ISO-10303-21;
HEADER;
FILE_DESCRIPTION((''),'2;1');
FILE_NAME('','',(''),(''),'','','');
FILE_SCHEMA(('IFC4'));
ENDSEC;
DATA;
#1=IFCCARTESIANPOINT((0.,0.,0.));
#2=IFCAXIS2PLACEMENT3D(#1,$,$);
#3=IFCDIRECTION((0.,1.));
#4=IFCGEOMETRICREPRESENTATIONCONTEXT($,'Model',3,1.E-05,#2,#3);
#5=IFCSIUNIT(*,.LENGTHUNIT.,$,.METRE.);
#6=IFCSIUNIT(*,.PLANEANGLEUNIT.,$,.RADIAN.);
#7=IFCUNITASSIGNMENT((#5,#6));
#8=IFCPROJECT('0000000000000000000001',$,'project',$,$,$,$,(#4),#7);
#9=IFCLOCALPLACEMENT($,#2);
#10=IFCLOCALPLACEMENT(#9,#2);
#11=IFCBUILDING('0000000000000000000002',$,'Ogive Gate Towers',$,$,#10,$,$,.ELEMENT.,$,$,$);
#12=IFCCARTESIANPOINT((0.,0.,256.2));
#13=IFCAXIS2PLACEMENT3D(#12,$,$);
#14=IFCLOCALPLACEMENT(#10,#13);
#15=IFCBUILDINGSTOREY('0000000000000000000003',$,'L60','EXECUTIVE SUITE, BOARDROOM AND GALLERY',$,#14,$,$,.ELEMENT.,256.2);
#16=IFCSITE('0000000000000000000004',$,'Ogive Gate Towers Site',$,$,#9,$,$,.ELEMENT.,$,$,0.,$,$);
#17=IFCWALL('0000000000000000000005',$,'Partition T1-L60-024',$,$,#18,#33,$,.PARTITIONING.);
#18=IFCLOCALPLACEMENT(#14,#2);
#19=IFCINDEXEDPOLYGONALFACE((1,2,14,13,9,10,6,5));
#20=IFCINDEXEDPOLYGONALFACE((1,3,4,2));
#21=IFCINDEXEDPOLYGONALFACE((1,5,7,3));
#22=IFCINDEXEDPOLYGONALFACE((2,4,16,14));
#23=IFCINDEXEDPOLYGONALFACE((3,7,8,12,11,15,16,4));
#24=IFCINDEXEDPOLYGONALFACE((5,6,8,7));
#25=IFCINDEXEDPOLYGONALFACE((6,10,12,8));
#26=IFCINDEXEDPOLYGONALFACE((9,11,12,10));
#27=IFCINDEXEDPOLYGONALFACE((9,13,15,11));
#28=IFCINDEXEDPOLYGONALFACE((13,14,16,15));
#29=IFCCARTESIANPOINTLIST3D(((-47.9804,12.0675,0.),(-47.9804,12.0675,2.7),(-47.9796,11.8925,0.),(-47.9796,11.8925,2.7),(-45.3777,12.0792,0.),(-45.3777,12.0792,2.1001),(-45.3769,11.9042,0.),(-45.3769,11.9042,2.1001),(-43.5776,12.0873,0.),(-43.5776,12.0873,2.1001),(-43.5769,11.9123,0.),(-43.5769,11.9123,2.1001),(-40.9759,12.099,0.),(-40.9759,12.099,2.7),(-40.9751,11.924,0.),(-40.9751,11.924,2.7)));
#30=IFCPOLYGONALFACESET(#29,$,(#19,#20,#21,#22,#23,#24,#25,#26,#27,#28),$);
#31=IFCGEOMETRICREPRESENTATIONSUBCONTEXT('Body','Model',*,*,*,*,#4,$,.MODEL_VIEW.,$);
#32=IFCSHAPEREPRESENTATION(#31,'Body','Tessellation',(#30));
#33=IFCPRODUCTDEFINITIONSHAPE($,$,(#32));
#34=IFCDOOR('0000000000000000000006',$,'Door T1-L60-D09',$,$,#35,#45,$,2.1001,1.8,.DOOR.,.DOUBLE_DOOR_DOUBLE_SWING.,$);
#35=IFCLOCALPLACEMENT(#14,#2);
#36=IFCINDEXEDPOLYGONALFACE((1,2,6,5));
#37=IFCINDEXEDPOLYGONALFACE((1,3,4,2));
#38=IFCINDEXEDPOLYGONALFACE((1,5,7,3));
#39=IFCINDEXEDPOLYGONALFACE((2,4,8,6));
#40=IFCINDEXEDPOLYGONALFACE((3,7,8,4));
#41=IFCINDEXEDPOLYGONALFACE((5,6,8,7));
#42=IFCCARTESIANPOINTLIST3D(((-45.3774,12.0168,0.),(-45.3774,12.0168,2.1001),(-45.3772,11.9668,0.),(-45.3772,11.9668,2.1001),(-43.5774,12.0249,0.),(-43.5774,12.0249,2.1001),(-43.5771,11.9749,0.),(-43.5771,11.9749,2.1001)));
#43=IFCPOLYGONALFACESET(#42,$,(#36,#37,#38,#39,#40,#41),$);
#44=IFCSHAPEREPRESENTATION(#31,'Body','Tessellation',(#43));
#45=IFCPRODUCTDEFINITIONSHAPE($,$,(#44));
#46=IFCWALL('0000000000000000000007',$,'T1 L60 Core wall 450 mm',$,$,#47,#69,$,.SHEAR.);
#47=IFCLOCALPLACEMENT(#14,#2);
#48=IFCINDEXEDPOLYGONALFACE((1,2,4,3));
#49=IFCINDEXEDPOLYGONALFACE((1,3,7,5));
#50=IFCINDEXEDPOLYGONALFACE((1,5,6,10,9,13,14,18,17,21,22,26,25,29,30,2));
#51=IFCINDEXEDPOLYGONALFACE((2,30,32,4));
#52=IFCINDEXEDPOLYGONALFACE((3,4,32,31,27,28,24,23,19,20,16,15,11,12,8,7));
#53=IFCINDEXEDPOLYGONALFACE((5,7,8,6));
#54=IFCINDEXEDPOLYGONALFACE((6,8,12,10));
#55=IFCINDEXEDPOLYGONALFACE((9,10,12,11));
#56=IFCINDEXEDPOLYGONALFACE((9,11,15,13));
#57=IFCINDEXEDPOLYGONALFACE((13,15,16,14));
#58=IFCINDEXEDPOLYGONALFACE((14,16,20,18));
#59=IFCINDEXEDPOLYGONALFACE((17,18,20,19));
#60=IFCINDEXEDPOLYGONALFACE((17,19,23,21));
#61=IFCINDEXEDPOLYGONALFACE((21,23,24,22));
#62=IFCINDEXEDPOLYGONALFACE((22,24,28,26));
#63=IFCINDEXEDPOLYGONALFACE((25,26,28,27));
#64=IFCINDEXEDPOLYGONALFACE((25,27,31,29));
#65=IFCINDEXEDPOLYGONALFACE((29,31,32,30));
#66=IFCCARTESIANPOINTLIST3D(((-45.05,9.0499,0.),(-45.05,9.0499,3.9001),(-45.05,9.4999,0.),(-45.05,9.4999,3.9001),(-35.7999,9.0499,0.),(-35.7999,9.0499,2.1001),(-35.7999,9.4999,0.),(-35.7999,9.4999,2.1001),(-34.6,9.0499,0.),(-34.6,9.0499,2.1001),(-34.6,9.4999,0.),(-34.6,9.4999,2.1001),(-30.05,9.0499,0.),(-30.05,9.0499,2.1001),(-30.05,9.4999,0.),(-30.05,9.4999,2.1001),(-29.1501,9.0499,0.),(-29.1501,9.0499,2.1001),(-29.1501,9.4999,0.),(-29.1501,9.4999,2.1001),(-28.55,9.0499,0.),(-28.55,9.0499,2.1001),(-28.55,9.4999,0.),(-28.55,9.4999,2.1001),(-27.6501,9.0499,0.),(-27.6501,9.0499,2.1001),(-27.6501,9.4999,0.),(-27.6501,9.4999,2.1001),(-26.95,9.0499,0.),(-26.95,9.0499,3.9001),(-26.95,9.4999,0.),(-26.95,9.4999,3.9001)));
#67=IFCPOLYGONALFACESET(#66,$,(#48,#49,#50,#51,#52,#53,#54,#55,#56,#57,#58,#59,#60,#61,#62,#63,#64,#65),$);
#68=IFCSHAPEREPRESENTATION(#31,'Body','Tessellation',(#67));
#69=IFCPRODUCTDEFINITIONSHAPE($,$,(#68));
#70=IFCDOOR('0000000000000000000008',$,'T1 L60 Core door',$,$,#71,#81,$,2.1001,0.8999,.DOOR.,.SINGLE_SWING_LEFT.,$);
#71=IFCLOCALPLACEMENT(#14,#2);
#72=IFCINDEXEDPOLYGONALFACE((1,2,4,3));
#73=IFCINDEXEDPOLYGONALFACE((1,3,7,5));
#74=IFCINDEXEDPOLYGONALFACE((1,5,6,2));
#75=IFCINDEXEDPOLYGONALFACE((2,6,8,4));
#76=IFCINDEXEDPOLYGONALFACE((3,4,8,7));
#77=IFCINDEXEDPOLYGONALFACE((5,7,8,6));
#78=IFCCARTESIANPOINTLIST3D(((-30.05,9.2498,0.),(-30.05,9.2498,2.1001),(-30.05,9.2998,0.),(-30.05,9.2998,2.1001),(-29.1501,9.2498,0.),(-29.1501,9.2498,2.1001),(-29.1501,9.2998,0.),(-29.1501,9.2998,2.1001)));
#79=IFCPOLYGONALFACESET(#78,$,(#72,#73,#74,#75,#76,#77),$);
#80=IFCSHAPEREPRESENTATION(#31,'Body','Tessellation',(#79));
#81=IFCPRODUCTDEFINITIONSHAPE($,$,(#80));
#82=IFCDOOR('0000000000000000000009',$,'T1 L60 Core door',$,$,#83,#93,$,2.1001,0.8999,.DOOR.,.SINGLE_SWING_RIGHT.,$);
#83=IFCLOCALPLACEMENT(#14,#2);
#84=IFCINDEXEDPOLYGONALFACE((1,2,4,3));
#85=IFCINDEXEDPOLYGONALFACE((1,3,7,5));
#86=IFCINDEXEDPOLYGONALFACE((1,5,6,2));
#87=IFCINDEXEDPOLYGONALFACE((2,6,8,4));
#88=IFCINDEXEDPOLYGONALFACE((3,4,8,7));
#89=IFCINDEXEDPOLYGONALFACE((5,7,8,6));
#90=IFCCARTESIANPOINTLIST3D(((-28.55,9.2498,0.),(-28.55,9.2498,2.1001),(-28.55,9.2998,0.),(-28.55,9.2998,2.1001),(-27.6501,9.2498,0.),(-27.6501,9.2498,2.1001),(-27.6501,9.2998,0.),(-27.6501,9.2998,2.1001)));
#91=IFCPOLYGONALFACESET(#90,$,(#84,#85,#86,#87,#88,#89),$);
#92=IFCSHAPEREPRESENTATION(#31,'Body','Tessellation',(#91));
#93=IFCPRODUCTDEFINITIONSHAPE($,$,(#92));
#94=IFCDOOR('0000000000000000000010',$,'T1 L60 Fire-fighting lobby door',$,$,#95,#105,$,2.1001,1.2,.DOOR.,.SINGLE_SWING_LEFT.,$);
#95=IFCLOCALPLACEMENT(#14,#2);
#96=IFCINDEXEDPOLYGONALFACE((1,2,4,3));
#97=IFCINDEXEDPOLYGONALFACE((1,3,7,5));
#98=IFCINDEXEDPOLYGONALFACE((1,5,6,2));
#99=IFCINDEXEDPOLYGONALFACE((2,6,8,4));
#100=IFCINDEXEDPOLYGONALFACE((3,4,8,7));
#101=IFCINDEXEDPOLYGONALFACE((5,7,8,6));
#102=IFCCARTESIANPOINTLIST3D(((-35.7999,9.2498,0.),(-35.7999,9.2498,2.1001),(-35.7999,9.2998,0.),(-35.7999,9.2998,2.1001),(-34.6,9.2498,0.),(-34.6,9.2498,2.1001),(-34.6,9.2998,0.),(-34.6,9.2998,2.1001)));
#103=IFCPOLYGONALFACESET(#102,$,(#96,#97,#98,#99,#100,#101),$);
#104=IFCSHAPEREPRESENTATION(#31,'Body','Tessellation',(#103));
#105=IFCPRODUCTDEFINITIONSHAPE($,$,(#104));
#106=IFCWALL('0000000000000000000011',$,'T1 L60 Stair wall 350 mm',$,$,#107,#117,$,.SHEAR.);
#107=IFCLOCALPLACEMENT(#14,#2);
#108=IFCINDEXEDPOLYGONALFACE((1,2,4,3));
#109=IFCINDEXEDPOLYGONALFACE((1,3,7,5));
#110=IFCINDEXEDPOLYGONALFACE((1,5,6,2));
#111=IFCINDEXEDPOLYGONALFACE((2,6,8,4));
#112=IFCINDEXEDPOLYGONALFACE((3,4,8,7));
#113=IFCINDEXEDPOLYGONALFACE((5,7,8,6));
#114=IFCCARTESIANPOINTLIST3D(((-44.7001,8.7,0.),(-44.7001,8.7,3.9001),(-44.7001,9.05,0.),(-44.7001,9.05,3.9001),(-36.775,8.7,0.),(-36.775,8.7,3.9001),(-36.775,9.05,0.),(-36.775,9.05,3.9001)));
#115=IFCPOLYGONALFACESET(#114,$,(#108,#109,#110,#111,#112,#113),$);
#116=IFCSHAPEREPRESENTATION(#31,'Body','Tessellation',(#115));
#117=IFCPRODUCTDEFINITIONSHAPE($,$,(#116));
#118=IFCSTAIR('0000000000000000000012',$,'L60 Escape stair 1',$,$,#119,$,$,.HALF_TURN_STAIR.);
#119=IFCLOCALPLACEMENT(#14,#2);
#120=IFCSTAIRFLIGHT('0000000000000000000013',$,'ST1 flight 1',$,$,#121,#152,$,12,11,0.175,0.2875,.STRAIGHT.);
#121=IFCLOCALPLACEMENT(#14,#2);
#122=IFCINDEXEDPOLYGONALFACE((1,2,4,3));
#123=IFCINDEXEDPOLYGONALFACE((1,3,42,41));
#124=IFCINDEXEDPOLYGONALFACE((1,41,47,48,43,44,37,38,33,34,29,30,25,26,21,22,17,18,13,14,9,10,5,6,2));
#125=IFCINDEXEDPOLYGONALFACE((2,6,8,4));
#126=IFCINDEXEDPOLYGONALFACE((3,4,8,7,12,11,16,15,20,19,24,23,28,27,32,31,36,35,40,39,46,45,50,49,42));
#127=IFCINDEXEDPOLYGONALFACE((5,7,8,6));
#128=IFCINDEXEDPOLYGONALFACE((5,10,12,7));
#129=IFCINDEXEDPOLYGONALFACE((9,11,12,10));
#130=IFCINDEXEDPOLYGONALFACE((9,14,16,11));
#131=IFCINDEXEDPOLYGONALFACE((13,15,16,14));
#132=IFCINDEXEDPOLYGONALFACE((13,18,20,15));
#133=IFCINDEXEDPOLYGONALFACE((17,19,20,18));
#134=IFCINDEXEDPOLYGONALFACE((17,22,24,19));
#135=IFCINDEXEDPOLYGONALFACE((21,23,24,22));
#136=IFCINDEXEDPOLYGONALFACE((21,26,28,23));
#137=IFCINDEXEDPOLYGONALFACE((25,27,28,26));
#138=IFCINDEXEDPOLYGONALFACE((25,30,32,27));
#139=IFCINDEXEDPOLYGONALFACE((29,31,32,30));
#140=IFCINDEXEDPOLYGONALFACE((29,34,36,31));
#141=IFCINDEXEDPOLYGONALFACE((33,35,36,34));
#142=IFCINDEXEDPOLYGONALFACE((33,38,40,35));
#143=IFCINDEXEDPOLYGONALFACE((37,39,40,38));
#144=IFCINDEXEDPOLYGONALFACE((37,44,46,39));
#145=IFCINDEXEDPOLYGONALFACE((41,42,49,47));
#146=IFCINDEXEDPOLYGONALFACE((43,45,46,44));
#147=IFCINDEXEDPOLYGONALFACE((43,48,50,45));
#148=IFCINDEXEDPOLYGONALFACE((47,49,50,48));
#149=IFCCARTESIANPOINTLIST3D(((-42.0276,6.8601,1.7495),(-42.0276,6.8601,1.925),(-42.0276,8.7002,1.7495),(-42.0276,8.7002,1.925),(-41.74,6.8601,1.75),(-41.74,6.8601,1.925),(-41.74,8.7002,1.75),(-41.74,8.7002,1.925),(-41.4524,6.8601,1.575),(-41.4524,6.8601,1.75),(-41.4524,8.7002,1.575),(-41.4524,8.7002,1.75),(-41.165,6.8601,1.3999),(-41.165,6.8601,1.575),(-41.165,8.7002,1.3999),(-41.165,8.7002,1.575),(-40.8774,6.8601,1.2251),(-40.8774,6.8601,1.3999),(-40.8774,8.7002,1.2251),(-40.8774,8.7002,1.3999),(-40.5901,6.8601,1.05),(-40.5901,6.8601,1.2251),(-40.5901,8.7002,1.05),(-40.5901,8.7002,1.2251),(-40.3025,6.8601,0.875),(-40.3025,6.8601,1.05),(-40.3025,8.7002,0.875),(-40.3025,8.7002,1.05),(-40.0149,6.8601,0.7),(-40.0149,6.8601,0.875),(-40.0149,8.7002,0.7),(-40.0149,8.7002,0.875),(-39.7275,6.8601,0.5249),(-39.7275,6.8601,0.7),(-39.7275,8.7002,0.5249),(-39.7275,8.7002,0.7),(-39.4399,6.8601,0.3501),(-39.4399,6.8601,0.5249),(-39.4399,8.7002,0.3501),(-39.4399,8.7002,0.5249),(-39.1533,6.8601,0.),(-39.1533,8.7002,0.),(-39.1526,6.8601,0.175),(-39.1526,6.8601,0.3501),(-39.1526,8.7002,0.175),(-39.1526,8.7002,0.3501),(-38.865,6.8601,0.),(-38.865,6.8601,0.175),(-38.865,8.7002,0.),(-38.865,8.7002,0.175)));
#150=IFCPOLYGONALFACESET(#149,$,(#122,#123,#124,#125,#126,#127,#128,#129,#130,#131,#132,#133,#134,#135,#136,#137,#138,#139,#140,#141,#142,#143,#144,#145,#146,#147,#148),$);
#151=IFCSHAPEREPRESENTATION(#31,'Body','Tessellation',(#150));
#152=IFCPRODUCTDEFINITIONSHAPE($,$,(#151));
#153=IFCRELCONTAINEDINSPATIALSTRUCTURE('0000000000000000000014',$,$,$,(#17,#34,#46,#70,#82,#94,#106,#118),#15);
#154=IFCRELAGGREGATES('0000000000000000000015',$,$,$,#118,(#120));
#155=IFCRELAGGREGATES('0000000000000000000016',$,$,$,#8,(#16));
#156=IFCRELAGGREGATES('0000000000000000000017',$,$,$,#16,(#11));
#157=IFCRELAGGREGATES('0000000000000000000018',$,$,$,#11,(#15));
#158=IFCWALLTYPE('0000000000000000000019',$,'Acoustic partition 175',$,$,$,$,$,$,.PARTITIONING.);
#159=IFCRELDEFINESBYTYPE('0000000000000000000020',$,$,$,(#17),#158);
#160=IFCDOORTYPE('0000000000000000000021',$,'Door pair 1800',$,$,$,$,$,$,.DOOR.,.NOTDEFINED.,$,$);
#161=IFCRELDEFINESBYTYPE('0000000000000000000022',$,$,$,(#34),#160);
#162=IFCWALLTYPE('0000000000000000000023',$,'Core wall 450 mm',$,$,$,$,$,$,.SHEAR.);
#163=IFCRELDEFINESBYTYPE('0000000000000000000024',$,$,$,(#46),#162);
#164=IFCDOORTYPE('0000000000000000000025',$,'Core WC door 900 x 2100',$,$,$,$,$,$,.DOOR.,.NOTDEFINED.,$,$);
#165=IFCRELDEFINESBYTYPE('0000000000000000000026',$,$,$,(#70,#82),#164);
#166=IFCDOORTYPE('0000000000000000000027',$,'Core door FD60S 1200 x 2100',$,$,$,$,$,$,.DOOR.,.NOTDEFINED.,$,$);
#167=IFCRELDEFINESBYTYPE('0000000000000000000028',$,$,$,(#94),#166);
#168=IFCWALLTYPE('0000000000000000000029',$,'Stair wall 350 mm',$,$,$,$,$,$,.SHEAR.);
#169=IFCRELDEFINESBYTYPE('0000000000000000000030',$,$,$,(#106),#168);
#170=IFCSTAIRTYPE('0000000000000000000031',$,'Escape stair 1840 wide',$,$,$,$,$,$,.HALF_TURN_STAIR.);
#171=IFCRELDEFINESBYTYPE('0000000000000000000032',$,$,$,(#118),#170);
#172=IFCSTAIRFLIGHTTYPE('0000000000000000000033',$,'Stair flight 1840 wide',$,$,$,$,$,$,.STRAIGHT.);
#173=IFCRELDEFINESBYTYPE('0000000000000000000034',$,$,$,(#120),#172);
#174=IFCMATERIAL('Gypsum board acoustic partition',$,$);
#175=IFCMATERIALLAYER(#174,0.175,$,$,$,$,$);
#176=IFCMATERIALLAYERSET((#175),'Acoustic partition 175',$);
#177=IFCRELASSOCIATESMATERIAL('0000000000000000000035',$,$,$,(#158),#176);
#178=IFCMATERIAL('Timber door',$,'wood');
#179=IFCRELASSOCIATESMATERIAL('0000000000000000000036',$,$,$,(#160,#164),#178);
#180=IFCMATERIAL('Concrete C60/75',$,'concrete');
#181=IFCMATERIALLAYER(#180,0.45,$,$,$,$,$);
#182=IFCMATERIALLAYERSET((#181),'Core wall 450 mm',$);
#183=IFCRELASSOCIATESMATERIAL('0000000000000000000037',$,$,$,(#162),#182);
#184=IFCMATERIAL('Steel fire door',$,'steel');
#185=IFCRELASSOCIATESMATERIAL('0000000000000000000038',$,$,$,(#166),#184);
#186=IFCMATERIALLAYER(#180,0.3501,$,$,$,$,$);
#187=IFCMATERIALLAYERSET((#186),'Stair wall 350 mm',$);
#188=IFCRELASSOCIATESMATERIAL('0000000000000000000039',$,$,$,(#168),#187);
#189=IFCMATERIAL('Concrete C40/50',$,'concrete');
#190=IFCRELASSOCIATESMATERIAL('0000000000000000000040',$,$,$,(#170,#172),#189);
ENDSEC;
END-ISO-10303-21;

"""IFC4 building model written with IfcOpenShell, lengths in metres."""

from ifc_helpers import new_model, si_unit, direction, frame, frame_2d, origin, place, context, subcontext, project, spatial, polyline, rectangle, outline, extrude, material, layer, layer_set, type_object, element, fill, aggregate, save


model = new_model("IFC4")

# Units and contexts
model_context = context("Model", 3, precision=1e-05, world=origin(), true_north=direction((0.0, 1.0)))
body_context = subcontext(model_context, "Body", "Model", "MODEL_VIEW")
ifc_project = project(units=[si_unit("LENGTHUNIT", "METRE"), si_unit("PLANEANGLEUNIT", "RADIAN")], contexts=[model_context])

# Site, building, storey
site_placement = place(None, origin())
site = spatial("IfcSite", under=ifc_project, at=site_placement, Name="Ogive Gate Towers Site", CompositionType="ELEMENT", RefElevation=0.0)
building_placement = place(site_placement, origin())
building = spatial("IfcBuilding", under=site, at=building_placement, Name="Ogive Gate Towers", CompositionType="ELEMENT")
storey_placement = place(building_placement, frame((0.0, 0.0, 256.2)))
storey = spatial("IfcBuildingStorey", under=building, at=storey_placement, Name="L60", Description="EXECUTIVE SUITE, BOARDROOM AND GALLERY", CompositionType="ELEMENT", Elevation=256.2)

# Wall, opening, door
ifc_material_1 = material(Name="Gypsum board acoustic partition")
ifc_layer_1 = layer(ifc_material_1, 0.175)
ifc_layer_set_1 = layer_set([ifc_layer_1], Name="Acoustic partition 175")
wall_type_1 = type_object("IfcWallType", Name="Acoustic partition 175", PredefinedType="PARTITIONING", material=ifc_layer_set_1)
wall_1_placement = place(storey_placement, frame((-40.9753, 12.0115, 0.0), z_axis=(0.0, 0.0, 1.0), x_axis=(-0.99999, -0.004496, 0.0)))
wall_1 = element("IfcWall", 1, at=wall_1_placement, inside=storey, type_object=wall_type_1, Name="Partition T1-L60-024", PredefinedType="PARTITIONING", context=body_context, shape_type="SweptSolid", body=[
    extrude(rectangle(XDim=7.0046, YDim=0.175, at=frame_2d((3.5024, 0.0))), origin(), (0.0, 0.0, 1.0), 2.7),
])
opening_1_placement = place(wall_1_placement, frame((2.6021, 0.0, 0.0)))
opening_1 = element("IfcOpeningElement", 2, at=opening_1_placement, cuts=wall_1, PredefinedType="OPENING", context=body_context, shape_type="SweptSolid", body=[
    extrude(rectangle(XDim=1.8, YDim=2.1001, at=frame_2d((0.8999, 1.05))), frame((0.0, 0.0977, 0.0), z_axis=(0.0, -1.0, 0.0), x_axis=(1.0, 0.0, 0.0)), (0.0, 0.0, 1.0), 0.1951),
])
ifc_material_2 = material(Name="Timber door", Category="wood")
door_type_1 = type_object("IfcDoorType", Name="Door pair 1800", OperationType="NOTDEFINED", PredefinedType="DOOR", material=ifc_material_2)
door_1_placement = place(opening_1_placement, origin())
door_1 = element("IfcDoor", 3, at=door_1_placement, inside=storey, type_object=door_type_1, Name="Door T1-L60-D09", OperationType="DOUBLE_DOOR_DOUBLE_SWING", OverallHeight=2.1001, OverallWidth=1.8, PredefinedType="DOOR", context=body_context, shape_type="SweptSolid", body=[
    extrude(rectangle(XDim=1.8, YDim=2.1001, at=frame_2d((0.8999, 1.05))), frame((0.0, 0.0249, 0.0), z_axis=(0.0, -1.0, 0.0), x_axis=(1.0, 0.0, 0.0)), (0.0, 0.0, 1.0), 0.05),
])
fill(opening_1, door_1)

# Wall, openings, doors
ifc_material_3 = material(Name="Concrete C60/75", Category="concrete")
ifc_layer_2 = layer(ifc_material_3, 0.45)
ifc_layer_set_2 = layer_set([ifc_layer_2], Name="Core wall 450 mm")
wall_type_2 = type_object("IfcWallType", Name="Core wall 450 mm", PredefinedType="SHEAR", material=ifc_layer_set_2)
wall_2_placement = place(storey_placement, frame((-45.05, 9.2749, 0.0), z_axis=(0.0, 0.0, 1.0), x_axis=(1.0, 0.0, 0.0)))
wall_2 = element("IfcWall", 4, at=wall_2_placement, inside=storey, type_object=wall_type_2, Name="T1 L60 Core wall 450 mm", PredefinedType="SHEAR", context=body_context, shape_type="SweptSolid", body=[
    extrude(rectangle(XDim=18.1001, YDim=0.45, at=frame_2d((9.05, 0.0))), origin(), (0.0, 0.0, 1.0), 3.9001),
])
opening_2_placement = place(wall_2_placement, frame((9.25, 0.0, 0.0)))
opening_2 = element("IfcOpeningElement", 5, at=opening_2_placement, cuts=wall_2, PredefinedType="OPENING", context=body_context, shape_type="SweptSolid", body=[
    extrude(rectangle(XDim=1.2, YDim=2.1001, at=frame_2d((0.6001, 1.05))), frame((0.0, 0.2349, 0.0), z_axis=(0.0, -1.0, 0.0), x_axis=(1.0, 0.0, 0.0)), (0.0, 0.0, 1.0), 0.47),
])
opening_3_placement = place(wall_2_placement, frame((15.0, 0.0, 0.0)))
opening_3 = element("IfcOpeningElement", 6, at=opening_3_placement, cuts=wall_2, PredefinedType="OPENING", context=body_context, shape_type="SweptSolid", body=[
    extrude(rectangle(XDim=0.8999, YDim=2.1001, at=frame_2d((0.45, 1.05))), frame((0.0, 0.2349, 0.0), z_axis=(0.0, -1.0, 0.0), x_axis=(1.0, 0.0, 0.0)), (0.0, 0.0, 1.0), 0.47),
])
opening_4_placement = place(wall_2_placement, frame((16.5, 0.0, 0.0)))
opening_4 = element("IfcOpeningElement", 7, at=opening_4_placement, cuts=wall_2, PredefinedType="OPENING", context=body_context, shape_type="SweptSolid", body=[
    extrude(rectangle(XDim=0.8999, YDim=2.1001, at=frame_2d((0.45, 1.05))), frame((0.0, 0.2349, 0.0), z_axis=(0.0, -1.0, 0.0), x_axis=(1.0, 0.0, 0.0)), (0.0, 0.0, 1.0), 0.47),
])
door_type_2 = type_object("IfcDoorType", Name="Core WC door 900 x 2100", OperationType="NOTDEFINED", PredefinedType="DOOR", material=ifc_material_2)
door_2_placement = place(opening_3_placement, origin())
door_2 = element("IfcDoor", 8, at=door_2_placement, inside=storey, type_object=door_type_2, Name="T1 L60 Core door", OperationType="SINGLE_SWING_LEFT", OverallHeight=2.1001, OverallWidth=0.8999, PredefinedType="DOOR", context=body_context, shape_type="SweptSolid", body=[
    extrude(rectangle(XDim=0.8999, YDim=2.1001, at=frame_2d((0.45, 1.05))), frame((0.0, 0.0249, 0.0), z_axis=(0.0, -1.0, 0.0), x_axis=(1.0, 0.0, 0.0)), (0.0, 0.0, 1.0), 0.05),
])
fill(opening_3, door_2)
door_3_placement = place(opening_4_placement, origin())
door_3 = element("IfcDoor", 9, at=door_3_placement, inside=storey, type_object=door_type_2, Name="T1 L60 Core door", OperationType="SINGLE_SWING_RIGHT", OverallHeight=2.1001, OverallWidth=0.8999, PredefinedType="DOOR", context=body_context, shape_type="SweptSolid", body=[
    extrude(rectangle(XDim=0.8999, YDim=2.1001, at=frame_2d((0.45, 1.05))), frame((0.0, 0.0249, 0.0), z_axis=(0.0, -1.0, 0.0), x_axis=(1.0, 0.0, 0.0)), (0.0, 0.0, 1.0), 0.05),
])
fill(opening_4, door_3)
ifc_material_4 = material(Name="Steel fire door", Category="steel")
door_type_3 = type_object("IfcDoorType", Name="Core door FD60S 1200 x 2100", OperationType="NOTDEFINED", PredefinedType="DOOR", material=ifc_material_4)
door_4_placement = place(opening_2_placement, origin())
door_4 = element("IfcDoor", 10, at=door_4_placement, inside=storey, type_object=door_type_3, Name="T1 L60 Fire-fighting lobby door", OperationType="SINGLE_SWING_LEFT", OverallHeight=2.1001, OverallWidth=1.2, PredefinedType="DOOR", context=body_context, shape_type="SweptSolid", body=[
    extrude(rectangle(XDim=1.2, YDim=2.1001, at=frame_2d((0.6001, 1.05))), frame((0.0, 0.0249, 0.0), z_axis=(0.0, -1.0, 0.0), x_axis=(1.0, 0.0, 0.0)), (0.0, 0.0, 1.0), 0.05),
])
fill(opening_2, door_4)

# Wall
ifc_layer_3 = layer(ifc_material_3, 0.3501)
ifc_layer_set_3 = layer_set([ifc_layer_3], Name="Stair wall 350 mm")
wall_type_3 = type_object("IfcWallType", Name="Stair wall 350 mm", PredefinedType="SHEAR", material=ifc_layer_set_3)
wall_3_placement = place(storey_placement, frame((-44.7, 8.875, 0.0), z_axis=(0.0, 0.0, 1.0), x_axis=(1.0, 0.0, 0.0)))
element("IfcWall", 11, at=wall_3_placement, inside=storey, type_object=wall_type_3, Name="T1 L60 Stair wall 350 mm", PredefinedType="SHEAR", context=body_context, shape_type="SweptSolid", body=[
    extrude(rectangle(XDim=7.925, YDim=0.3501, at=frame_2d((3.9624, 0.0))), origin(), (0.0, 0.0, 1.0), 3.9001),
])

# Stair, stair flight
ifc_material_5 = material(Name="Concrete C40/50", Category="concrete")
stair_type = type_object("IfcStairType", Name="Escape stair 1840 wide", PredefinedType="HALF_TURN_STAIR", material=ifc_material_5)
stair_placement = place(storey_placement, origin())
stair = element("IfcStair", 12, at=stair_placement, inside=storey, type_object=stair_type, Name="L60 Escape stair 1", PredefinedType="HALF_TURN_STAIR")
stair_flight_type = type_object("IfcStairFlightType", Name="Stair flight 1840 wide", PredefinedType="STRAIGHT", material=ifc_material_5)
stair_flight_placement = place(storey_placement, frame((-38.865, 7.78, 0.0), z_axis=(0.0, 0.0, 1.0), x_axis=(-1.0, 0.0, 0.0)))
stair_flight = element("IfcStairFlight", 13, at=stair_flight_placement, type_object=stair_flight_type, Name="ST1 flight 1", NumberOfRisers=12, NumberOfTreads=11, PredefinedType="STRAIGHT", RiserHeight=0.175, TreadLength=0.2875, context=body_context, shape_type="SweptSolid", body=[
    extrude(outline(polyline([(0.0, 0.0), (0.0, 0.175), (0.2876, 0.175), (0.2876, 0.3501), (0.575, 0.3501), (0.575, 0.5249), (0.8625, 0.5249), (0.8625, 0.7), (1.1499, 0.7), (1.1499, 0.875), (1.4375, 0.875), (1.4375, 1.05), (1.7251, 1.05), (1.7251, 1.2251), (2.0125, 1.2251), (2.0125, 1.3999), (2.3, 1.3999), (2.3, 1.575), (2.5874, 1.575), (2.5874, 1.75), (2.875, 1.75), (2.875, 1.925), (3.1626, 1.925), (3.1626, 2.1001), (3.1626, 1.7495), (0.2883, 0.0), (0.0, 0.0)])), frame((0.0, 0.9199, 0.0), z_axis=(0.0, -1.0, 0.0), x_axis=(1.0, 0.0, 0.0)), (0.0, 0.0, 1.0), 1.8401),
])
aggregate(stair, [stair_flight])

save(model, "model.ifc")
